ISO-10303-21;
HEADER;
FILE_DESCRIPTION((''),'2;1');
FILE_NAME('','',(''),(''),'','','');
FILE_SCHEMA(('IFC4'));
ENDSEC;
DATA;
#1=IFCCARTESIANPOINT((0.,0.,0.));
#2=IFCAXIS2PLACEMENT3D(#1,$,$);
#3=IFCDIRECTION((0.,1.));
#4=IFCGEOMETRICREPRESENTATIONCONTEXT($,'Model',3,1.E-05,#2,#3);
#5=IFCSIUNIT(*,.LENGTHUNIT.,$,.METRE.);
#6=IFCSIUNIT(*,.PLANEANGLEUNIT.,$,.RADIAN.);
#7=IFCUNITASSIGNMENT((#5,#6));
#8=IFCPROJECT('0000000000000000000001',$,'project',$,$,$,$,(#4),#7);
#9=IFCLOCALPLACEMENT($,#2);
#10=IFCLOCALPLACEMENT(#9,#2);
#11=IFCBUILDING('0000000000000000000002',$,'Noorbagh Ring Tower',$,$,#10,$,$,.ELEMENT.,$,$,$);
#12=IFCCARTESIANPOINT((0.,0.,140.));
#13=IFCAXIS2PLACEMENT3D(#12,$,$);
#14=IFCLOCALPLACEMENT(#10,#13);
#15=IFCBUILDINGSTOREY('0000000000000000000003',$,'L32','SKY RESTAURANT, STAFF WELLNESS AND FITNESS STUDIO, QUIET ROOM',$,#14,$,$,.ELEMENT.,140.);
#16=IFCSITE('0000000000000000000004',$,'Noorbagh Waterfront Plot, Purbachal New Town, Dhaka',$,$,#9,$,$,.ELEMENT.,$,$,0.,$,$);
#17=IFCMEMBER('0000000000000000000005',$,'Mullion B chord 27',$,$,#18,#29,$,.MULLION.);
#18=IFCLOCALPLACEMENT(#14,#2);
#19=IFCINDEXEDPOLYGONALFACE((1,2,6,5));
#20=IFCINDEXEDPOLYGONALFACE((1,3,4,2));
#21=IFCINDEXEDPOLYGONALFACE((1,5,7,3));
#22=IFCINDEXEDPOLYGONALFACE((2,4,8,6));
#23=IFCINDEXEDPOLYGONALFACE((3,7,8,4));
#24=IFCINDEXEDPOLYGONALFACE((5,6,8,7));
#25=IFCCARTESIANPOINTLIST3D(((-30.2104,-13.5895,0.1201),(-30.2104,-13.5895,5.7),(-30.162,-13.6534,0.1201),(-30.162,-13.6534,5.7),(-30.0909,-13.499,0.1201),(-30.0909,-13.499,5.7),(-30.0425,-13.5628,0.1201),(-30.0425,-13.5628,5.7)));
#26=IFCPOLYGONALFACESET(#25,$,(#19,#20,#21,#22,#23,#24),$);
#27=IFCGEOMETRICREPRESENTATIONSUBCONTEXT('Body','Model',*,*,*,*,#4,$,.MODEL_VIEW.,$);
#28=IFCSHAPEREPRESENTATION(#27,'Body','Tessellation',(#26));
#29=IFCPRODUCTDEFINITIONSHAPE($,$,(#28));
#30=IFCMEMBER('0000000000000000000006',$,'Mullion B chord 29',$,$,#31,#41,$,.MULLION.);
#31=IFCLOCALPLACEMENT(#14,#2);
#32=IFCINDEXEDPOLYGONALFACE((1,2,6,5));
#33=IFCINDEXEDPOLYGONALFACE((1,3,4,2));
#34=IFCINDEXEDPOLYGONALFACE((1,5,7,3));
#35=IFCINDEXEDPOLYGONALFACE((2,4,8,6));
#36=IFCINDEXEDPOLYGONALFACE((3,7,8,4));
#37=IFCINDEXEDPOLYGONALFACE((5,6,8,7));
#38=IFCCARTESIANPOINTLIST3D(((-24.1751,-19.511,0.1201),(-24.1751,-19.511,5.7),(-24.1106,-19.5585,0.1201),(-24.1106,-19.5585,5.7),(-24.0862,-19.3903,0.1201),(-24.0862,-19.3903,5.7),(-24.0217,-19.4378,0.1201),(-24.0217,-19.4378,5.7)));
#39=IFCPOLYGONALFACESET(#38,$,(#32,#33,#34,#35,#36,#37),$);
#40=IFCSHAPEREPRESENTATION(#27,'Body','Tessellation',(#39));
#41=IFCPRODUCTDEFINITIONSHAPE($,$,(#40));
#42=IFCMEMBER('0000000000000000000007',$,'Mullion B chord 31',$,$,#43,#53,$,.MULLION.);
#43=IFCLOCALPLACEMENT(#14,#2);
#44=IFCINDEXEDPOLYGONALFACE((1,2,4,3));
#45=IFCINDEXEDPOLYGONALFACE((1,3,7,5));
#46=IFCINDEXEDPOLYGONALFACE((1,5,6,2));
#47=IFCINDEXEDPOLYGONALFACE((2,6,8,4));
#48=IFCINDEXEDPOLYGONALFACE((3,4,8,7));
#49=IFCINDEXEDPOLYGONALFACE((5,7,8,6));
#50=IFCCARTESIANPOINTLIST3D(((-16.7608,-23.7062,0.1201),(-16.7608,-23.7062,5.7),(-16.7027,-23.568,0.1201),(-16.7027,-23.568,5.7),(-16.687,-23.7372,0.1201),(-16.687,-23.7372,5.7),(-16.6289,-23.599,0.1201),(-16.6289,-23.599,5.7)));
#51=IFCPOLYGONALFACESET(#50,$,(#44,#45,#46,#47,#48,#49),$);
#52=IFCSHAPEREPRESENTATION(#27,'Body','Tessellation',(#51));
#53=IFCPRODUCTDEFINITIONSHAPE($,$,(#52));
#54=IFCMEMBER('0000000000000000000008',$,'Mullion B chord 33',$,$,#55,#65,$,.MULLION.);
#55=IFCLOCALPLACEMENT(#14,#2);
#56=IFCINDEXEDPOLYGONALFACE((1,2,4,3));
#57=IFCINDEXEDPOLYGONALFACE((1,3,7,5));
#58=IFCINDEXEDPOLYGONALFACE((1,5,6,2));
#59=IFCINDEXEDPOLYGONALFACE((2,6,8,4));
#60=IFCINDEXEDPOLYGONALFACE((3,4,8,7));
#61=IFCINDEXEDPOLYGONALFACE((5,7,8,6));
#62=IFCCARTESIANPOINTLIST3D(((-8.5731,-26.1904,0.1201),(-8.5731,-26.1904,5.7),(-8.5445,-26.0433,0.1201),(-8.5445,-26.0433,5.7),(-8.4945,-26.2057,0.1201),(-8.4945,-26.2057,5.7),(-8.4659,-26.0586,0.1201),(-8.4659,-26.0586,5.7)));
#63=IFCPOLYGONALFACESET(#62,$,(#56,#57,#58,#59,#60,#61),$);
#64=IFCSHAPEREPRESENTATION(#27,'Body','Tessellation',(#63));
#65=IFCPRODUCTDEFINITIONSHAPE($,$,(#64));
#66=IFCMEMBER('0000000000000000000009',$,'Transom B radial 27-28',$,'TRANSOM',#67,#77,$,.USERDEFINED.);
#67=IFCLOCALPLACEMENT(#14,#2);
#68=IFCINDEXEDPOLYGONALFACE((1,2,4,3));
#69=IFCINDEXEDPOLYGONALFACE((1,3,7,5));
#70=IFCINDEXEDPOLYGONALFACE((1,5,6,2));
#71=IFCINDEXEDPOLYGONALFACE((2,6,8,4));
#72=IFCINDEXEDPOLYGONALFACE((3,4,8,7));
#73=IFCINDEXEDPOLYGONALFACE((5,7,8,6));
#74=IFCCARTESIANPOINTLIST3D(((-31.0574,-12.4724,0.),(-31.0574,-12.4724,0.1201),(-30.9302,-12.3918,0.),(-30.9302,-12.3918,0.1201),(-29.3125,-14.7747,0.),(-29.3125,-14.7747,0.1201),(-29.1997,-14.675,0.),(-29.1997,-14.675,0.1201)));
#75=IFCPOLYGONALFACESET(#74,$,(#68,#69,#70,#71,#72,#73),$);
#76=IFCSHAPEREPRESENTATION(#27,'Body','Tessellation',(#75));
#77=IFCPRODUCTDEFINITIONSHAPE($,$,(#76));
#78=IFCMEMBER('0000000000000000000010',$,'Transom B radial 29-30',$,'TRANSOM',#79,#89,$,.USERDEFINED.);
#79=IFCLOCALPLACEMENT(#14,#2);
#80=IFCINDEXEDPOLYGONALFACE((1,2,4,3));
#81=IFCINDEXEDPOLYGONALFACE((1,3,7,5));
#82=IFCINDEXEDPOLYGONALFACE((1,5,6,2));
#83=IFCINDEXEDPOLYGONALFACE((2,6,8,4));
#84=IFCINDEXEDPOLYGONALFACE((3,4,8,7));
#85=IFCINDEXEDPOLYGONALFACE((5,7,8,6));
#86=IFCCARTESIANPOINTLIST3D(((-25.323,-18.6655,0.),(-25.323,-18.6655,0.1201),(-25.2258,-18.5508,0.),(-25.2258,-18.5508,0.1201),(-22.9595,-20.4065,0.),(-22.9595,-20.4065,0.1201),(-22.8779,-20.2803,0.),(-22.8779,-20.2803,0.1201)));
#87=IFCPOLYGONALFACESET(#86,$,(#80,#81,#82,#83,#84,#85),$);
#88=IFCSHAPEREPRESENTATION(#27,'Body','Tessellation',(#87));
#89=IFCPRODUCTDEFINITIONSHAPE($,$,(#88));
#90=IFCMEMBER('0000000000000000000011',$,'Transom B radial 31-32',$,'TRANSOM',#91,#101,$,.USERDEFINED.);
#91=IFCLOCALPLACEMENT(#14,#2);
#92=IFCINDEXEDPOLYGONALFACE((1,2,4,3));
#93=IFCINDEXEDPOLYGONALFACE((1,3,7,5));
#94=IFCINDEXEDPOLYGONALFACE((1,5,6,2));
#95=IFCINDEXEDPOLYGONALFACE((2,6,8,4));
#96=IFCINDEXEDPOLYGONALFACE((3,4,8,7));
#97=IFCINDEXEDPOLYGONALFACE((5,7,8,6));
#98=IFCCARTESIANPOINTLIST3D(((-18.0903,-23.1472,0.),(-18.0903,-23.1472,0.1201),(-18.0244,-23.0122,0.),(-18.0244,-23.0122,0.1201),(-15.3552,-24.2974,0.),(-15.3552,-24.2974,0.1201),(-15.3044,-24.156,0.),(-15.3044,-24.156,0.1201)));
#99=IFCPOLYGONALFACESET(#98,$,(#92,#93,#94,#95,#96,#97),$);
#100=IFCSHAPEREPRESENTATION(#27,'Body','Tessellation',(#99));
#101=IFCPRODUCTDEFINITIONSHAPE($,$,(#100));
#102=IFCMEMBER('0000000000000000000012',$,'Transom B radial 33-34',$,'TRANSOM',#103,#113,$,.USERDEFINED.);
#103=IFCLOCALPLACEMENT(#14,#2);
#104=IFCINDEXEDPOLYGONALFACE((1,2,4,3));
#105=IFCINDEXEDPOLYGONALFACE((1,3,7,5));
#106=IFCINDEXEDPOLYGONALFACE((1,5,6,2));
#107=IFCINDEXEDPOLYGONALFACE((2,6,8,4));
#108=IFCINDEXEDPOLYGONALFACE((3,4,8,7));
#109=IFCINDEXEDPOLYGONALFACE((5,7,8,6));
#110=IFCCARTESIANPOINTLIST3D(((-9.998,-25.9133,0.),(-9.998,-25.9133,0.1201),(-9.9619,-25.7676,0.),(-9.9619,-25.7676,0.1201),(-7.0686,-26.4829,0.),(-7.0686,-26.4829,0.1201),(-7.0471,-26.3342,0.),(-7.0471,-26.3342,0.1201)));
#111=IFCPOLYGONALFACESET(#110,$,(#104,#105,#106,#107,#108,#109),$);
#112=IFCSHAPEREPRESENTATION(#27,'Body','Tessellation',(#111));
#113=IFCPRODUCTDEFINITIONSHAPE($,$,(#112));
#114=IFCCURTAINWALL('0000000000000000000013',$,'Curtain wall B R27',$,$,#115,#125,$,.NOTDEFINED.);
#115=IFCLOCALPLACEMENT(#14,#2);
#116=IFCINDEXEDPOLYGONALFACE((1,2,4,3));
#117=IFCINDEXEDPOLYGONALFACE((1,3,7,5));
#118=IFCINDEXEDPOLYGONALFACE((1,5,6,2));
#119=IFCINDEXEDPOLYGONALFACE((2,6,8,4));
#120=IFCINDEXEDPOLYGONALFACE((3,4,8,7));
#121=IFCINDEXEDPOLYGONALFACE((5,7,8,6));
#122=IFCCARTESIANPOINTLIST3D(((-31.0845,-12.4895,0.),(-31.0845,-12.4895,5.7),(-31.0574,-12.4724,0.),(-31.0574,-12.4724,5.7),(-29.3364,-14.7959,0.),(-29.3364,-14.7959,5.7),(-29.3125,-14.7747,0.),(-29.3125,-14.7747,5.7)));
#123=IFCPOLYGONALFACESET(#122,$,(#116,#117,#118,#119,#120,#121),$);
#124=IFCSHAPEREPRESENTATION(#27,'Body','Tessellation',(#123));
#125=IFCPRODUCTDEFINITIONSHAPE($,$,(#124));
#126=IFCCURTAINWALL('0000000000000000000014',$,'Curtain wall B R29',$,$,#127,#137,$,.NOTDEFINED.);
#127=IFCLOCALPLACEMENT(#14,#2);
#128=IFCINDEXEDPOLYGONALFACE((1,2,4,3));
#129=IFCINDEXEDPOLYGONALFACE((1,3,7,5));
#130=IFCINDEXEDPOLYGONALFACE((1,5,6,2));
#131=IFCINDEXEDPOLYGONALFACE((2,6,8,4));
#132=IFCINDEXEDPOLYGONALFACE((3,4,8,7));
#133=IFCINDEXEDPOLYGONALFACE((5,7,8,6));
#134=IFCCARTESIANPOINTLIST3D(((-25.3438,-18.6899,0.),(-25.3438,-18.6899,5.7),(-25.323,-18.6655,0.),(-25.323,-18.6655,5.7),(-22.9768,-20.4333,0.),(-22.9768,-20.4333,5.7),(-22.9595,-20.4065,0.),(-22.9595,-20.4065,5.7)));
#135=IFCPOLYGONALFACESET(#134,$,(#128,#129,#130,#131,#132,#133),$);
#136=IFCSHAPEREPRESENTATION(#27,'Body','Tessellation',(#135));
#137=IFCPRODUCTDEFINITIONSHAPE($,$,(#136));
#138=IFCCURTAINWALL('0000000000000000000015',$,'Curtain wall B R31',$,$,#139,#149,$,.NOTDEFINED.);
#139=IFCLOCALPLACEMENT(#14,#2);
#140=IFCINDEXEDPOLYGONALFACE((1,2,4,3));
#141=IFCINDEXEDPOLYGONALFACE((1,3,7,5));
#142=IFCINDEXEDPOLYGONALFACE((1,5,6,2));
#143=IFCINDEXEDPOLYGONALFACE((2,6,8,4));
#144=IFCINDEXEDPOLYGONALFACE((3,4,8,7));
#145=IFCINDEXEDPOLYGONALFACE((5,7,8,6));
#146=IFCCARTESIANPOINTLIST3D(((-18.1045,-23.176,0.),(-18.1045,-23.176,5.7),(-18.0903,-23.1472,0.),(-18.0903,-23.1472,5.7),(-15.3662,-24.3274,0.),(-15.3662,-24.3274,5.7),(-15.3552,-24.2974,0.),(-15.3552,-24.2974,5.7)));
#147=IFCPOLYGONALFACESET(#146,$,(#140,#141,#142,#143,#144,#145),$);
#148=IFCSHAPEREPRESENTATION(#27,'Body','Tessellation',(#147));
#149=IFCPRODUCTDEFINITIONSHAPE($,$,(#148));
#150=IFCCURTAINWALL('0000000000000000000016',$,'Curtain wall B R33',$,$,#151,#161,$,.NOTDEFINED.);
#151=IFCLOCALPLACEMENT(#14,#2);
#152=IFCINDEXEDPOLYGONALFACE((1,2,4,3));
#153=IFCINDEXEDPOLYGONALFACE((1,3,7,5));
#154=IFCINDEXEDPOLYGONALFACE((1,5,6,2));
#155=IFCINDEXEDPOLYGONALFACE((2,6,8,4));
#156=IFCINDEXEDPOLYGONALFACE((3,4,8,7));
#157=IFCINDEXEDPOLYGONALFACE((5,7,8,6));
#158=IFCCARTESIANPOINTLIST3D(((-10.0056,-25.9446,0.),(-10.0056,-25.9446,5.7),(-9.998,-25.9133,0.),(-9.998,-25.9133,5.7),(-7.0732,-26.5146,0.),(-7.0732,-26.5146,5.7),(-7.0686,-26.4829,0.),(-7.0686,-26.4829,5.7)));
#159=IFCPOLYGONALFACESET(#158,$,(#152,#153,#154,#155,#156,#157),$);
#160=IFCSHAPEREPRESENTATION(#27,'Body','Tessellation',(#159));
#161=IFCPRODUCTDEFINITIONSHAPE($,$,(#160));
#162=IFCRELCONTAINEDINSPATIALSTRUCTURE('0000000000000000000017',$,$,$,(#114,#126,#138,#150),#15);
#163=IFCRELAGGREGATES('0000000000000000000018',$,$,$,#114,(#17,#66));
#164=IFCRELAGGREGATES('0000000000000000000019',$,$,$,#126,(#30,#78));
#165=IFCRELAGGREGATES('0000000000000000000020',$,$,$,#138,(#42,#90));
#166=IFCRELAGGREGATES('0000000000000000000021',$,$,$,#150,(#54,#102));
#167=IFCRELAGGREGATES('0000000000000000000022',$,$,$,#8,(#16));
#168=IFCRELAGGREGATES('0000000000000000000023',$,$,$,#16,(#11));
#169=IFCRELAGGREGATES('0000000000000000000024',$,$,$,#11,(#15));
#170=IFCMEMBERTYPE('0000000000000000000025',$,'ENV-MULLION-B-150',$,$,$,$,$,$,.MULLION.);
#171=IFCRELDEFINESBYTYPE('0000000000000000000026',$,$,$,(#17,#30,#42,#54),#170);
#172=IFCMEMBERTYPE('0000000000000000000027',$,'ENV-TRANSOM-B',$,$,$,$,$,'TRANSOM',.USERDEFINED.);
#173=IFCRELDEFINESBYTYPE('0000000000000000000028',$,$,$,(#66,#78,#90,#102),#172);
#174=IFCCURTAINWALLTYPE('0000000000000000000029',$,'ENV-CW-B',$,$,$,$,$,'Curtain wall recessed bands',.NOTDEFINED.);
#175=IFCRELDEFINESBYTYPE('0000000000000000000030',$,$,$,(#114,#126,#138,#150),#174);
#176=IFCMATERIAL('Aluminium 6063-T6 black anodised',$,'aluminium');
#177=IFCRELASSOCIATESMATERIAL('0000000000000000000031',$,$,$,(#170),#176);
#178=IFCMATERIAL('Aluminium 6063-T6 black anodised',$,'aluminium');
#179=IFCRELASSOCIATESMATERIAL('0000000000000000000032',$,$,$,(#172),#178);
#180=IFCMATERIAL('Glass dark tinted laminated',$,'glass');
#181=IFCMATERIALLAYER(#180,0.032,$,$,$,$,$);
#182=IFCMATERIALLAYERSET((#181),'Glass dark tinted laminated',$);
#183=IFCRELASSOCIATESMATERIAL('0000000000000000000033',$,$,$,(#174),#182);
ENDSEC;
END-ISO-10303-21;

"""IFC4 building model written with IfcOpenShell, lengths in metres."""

from ifc_helpers import new_model, si_unit, direction, frame, origin, origin_2d, place, context, subcontext, project, spatial, polyline, rectangle, outline, extrude, material, layer, layer_set, material_profile, profile_set, type_object, element, aggregate, save


model = new_model("IFC4")

# Units and contexts
model_context = context("Model", 3, precision=1e-05, world=origin(), true_north=direction((0.0, 1.0)))
body_context = subcontext(model_context, "Body", "Model", "MODEL_VIEW")
ifc_project = project(units=[si_unit("LENGTHUNIT", "METRE"), si_unit("PLANEANGLEUNIT", "RADIAN")], contexts=[model_context])

# Members
ifc_material_1 = material(Name="Aluminium 6063-T6 black anodised", Category="aluminium")
ifc_material_profile = material_profile(ifc_material_1, rectangle(XDim=0.1499, YDim=0.0801, at=origin_2d()), Name="150x80")
ifc_profile_set = profile_set([ifc_material_profile], Name="Aluminium 6063-T6 black anodised")
member_type_1 = type_object("IfcMemberType", Name="ENV-MULLION-B-150", PredefinedType="MULLION", material=ifc_profile_set)
site_placement = place(None, origin())
building_placement = place(site_placement, origin())
storey_placement = place(building_placement, frame((0.0, 0.0, 140.0)))
member_1_placement = place(storey_placement, frame((-30.1265, -13.5762, 0.1201), z_axis=(0.0, 0.0, 1.0), x_axis=(0.796969, 0.60402, 0.0)))
member_1 = element("IfcMember", 1, at=member_1_placement, type_object=member_type_1, Name="Mullion B chord 27", PredefinedType="MULLION", context=body_context, shape_type="SweptSolid", body=[
    extrude(rectangle(XDim=0.1499, YDim=0.0801, at=origin_2d()), origin(), (0.0, 0.0, 1.0), 5.5798),
])
member_2_placement = place(storey_placement, frame((-24.0984, -19.4744, 0.1201), z_axis=(0.0, 0.0, 1.0), x_axis=(0.593067, 0.805153, 0.0)))
member_2 = element("IfcMember", 2, at=member_2_placement, type_object=member_type_1, Name="Mullion B chord 29", PredefinedType="MULLION", context=body_context, shape_type="SweptSolid", body=[
    extrude(rectangle(XDim=0.1499, YDim=0.0801, at=origin_2d()), origin(), (0.0, 0.0, 1.0), 5.5798),
])
member_3_placement = place(storey_placement, frame((-16.6948, -23.6526, 0.1201), z_axis=(0.0, 0.0, 1.0), x_axis=(0.387638, 0.921812, 0.0)))
member_3 = element("IfcMember", 3, at=member_3_placement, type_object=member_type_1, Name="Mullion B chord 31", PredefinedType="MULLION", context=body_context, shape_type="SweptSolid", body=[
    extrude(rectangle(XDim=0.1499, YDim=0.0801, at=origin_2d()), origin(), (0.0, 0.0, 1.0), 5.5798),
])
member_4_placement = place(storey_placement, frame((-8.5195, -26.1245, 0.1201), z_axis=(0.0, 0.0, 1.0), x_axis=(0.19082, 0.981625, 0.0)))
member_4 = element("IfcMember", 4, at=member_4_placement, type_object=member_type_1, Name="Mullion B chord 33", PredefinedType="MULLION", context=body_context, shape_type="SweptSolid", body=[
    extrude(rectangle(XDim=0.1499, YDim=0.0801, at=origin_2d()), origin(), (0.0, 0.0, 1.0), 5.5798),
])
ifc_material_2 = material(Name="Aluminium 6063-T6 black anodised", Category="aluminium")
member_type_2 = type_object("IfcMemberType", Name="ENV-TRANSOM-B", ElementType="TRANSOM", PredefinedType="USERDEFINED", material=ifc_material_2)
member_5_placement = place(storey_placement, origin())
member_5 = element("IfcMember", 5, at=member_5_placement, type_object=member_type_2, Name="Transom B radial 27-28", ObjectType="TRANSOM", PredefinedType="USERDEFINED", context=body_context, shape_type="SweptSolid", body=[
    extrude(outline(polyline([(-31.0574, -12.4724), (-29.3125, -14.7747), (-29.1997, -14.675), (-30.9302, -12.3918), (-31.0574, -12.4724)])), origin(), (0.0, 0.0, 1.0), 0.1201),
])
member_6_placement = place(storey_placement, origin())
member_6 = element("IfcMember", 6, at=member_6_placement, type_object=member_type_2, Name="Transom B radial 29-30", ObjectType="TRANSOM", PredefinedType="USERDEFINED", context=body_context, shape_type="SweptSolid", body=[
    extrude(outline(polyline([(-25.323, -18.6655), (-22.9595, -20.4065), (-22.8779, -20.2803), (-25.2258, -18.5508), (-25.323, -18.6655)])), origin(), (0.0, 0.0, 1.0), 0.1201),
])
member_7_placement = place(storey_placement, origin())
member_7 = element("IfcMember", 7, at=member_7_placement, type_object=member_type_2, Name="Transom B radial 31-32", ObjectType="TRANSOM", PredefinedType="USERDEFINED", context=body_context, shape_type="SweptSolid", body=[
    extrude(outline(polyline([(-18.0903, -23.1472), (-15.3552, -24.2974), (-15.3044, -24.156), (-18.0244, -23.0122), (-18.0903, -23.1472)])), origin(), (0.0, 0.0, 1.0), 0.1201),
])
member_8_placement = place(storey_placement, origin())
member_8 = element("IfcMember", 8, at=member_8_placement, type_object=member_type_2, Name="Transom B radial 33-34", ObjectType="TRANSOM", PredefinedType="USERDEFINED", context=body_context, shape_type="SweptSolid", body=[
    extrude(outline(polyline([(-9.998, -25.9133), (-7.0686, -26.4829), (-7.0471, -26.3342), (-9.9619, -25.7676), (-9.998, -25.9133)])), origin(), (0.0, 0.0, 1.0), 0.1201),
])

# Site, building, storey
site = spatial("IfcSite", under=ifc_project, at=site_placement, Name="Noorbagh Waterfront Plot, Purbachal New Town, Dhaka", CompositionType="ELEMENT", RefElevation=0.0)
building = spatial("IfcBuilding", under=site, at=building_placement, Name="Noorbagh Ring Tower", CompositionType="ELEMENT")
storey = spatial("IfcBuildingStorey", under=building, at=storey_placement, Name="L32", Description="SKY RESTAURANT, STAFF WELLNESS AND FITNESS STUDIO, QUIET ROOM", CompositionType="ELEMENT", Elevation=140.0)

# Curtain walls
ifc_material_3 = material(Name="Glass dark tinted laminated", Category="glass")
ifc_layer = layer(ifc_material_3, 0.032)
ifc_layer_set = layer_set([ifc_layer], Name="Glass dark tinted laminated")
curtain_wall_type = type_object("IfcCurtainWallType", Name="ENV-CW-B", ElementType="Curtain wall recessed bands", PredefinedType="NOTDEFINED", material=ifc_layer_set)
curtain_wall_1_placement = place(storey_placement, origin())
curtain_wall_1 = element("IfcCurtainWall", 9, at=curtain_wall_1_placement, inside=storey, type_object=curtain_wall_type, Name="Curtain wall B R27", PredefinedType="NOTDEFINED", context=body_context, shape_type="SweptSolid", body=[
    extrude(outline(polyline([(-31.0845, -12.4895), (-29.3364, -14.7959), (-29.3125, -14.7747), (-31.0574, -12.4724), (-31.0845, -12.4895)])), origin(), (0.0, 0.0, 1.0), 5.7),
])
aggregate(curtain_wall_1, [member_1, member_5])
curtain_wall_2_placement = place(storey_placement, origin())
curtain_wall_2 = element("IfcCurtainWall", 10, at=curtain_wall_2_placement, inside=storey, type_object=curtain_wall_type, Name="Curtain wall B R29", PredefinedType="NOTDEFINED", context=body_context, shape_type="SweptSolid", body=[
    extrude(outline(polyline([(-25.3438, -18.6899), (-22.9768, -20.4333), (-22.9595, -20.4065), (-25.323, -18.6655), (-25.3438, -18.6899)])), origin(), (0.0, 0.0, 1.0), 5.7),
])
aggregate(curtain_wall_2, [member_2, member_6])
curtain_wall_3_placement = place(storey_placement, origin())
curtain_wall_3 = element("IfcCurtainWall", 11, at=curtain_wall_3_placement, inside=storey, type_object=curtain_wall_type, Name="Curtain wall B R31", PredefinedType="NOTDEFINED", context=body_context, shape_type="SweptSolid", body=[
    extrude(outline(polyline([(-18.1045, -23.176), (-15.3662, -24.3274), (-15.3552, -24.2974), (-18.0903, -23.1472), (-18.1045, -23.176)])), origin(), (0.0, 0.0, 1.0), 5.7),
])
aggregate(curtain_wall_3, [member_3, member_7])
curtain_wall_4_placement = place(storey_placement, origin())
curtain_wall_4 = element("IfcCurtainWall", 12, at=curtain_wall_4_placement, inside=storey, type_object=curtain_wall_type, Name="Curtain wall B R33", PredefinedType="NOTDEFINED", context=body_context, shape_type="SweptSolid", body=[
    extrude(outline(polyline([(-10.0056, -25.9446), (-7.0732, -26.5146), (-7.0686, -26.4829), (-9.998, -25.9133), (-10.0056, -25.9446)])), origin(), (0.0, 0.0, 1.0), 5.7),
])
aggregate(curtain_wall_4, [member_4, member_8])

save(model, "model.ifc")
